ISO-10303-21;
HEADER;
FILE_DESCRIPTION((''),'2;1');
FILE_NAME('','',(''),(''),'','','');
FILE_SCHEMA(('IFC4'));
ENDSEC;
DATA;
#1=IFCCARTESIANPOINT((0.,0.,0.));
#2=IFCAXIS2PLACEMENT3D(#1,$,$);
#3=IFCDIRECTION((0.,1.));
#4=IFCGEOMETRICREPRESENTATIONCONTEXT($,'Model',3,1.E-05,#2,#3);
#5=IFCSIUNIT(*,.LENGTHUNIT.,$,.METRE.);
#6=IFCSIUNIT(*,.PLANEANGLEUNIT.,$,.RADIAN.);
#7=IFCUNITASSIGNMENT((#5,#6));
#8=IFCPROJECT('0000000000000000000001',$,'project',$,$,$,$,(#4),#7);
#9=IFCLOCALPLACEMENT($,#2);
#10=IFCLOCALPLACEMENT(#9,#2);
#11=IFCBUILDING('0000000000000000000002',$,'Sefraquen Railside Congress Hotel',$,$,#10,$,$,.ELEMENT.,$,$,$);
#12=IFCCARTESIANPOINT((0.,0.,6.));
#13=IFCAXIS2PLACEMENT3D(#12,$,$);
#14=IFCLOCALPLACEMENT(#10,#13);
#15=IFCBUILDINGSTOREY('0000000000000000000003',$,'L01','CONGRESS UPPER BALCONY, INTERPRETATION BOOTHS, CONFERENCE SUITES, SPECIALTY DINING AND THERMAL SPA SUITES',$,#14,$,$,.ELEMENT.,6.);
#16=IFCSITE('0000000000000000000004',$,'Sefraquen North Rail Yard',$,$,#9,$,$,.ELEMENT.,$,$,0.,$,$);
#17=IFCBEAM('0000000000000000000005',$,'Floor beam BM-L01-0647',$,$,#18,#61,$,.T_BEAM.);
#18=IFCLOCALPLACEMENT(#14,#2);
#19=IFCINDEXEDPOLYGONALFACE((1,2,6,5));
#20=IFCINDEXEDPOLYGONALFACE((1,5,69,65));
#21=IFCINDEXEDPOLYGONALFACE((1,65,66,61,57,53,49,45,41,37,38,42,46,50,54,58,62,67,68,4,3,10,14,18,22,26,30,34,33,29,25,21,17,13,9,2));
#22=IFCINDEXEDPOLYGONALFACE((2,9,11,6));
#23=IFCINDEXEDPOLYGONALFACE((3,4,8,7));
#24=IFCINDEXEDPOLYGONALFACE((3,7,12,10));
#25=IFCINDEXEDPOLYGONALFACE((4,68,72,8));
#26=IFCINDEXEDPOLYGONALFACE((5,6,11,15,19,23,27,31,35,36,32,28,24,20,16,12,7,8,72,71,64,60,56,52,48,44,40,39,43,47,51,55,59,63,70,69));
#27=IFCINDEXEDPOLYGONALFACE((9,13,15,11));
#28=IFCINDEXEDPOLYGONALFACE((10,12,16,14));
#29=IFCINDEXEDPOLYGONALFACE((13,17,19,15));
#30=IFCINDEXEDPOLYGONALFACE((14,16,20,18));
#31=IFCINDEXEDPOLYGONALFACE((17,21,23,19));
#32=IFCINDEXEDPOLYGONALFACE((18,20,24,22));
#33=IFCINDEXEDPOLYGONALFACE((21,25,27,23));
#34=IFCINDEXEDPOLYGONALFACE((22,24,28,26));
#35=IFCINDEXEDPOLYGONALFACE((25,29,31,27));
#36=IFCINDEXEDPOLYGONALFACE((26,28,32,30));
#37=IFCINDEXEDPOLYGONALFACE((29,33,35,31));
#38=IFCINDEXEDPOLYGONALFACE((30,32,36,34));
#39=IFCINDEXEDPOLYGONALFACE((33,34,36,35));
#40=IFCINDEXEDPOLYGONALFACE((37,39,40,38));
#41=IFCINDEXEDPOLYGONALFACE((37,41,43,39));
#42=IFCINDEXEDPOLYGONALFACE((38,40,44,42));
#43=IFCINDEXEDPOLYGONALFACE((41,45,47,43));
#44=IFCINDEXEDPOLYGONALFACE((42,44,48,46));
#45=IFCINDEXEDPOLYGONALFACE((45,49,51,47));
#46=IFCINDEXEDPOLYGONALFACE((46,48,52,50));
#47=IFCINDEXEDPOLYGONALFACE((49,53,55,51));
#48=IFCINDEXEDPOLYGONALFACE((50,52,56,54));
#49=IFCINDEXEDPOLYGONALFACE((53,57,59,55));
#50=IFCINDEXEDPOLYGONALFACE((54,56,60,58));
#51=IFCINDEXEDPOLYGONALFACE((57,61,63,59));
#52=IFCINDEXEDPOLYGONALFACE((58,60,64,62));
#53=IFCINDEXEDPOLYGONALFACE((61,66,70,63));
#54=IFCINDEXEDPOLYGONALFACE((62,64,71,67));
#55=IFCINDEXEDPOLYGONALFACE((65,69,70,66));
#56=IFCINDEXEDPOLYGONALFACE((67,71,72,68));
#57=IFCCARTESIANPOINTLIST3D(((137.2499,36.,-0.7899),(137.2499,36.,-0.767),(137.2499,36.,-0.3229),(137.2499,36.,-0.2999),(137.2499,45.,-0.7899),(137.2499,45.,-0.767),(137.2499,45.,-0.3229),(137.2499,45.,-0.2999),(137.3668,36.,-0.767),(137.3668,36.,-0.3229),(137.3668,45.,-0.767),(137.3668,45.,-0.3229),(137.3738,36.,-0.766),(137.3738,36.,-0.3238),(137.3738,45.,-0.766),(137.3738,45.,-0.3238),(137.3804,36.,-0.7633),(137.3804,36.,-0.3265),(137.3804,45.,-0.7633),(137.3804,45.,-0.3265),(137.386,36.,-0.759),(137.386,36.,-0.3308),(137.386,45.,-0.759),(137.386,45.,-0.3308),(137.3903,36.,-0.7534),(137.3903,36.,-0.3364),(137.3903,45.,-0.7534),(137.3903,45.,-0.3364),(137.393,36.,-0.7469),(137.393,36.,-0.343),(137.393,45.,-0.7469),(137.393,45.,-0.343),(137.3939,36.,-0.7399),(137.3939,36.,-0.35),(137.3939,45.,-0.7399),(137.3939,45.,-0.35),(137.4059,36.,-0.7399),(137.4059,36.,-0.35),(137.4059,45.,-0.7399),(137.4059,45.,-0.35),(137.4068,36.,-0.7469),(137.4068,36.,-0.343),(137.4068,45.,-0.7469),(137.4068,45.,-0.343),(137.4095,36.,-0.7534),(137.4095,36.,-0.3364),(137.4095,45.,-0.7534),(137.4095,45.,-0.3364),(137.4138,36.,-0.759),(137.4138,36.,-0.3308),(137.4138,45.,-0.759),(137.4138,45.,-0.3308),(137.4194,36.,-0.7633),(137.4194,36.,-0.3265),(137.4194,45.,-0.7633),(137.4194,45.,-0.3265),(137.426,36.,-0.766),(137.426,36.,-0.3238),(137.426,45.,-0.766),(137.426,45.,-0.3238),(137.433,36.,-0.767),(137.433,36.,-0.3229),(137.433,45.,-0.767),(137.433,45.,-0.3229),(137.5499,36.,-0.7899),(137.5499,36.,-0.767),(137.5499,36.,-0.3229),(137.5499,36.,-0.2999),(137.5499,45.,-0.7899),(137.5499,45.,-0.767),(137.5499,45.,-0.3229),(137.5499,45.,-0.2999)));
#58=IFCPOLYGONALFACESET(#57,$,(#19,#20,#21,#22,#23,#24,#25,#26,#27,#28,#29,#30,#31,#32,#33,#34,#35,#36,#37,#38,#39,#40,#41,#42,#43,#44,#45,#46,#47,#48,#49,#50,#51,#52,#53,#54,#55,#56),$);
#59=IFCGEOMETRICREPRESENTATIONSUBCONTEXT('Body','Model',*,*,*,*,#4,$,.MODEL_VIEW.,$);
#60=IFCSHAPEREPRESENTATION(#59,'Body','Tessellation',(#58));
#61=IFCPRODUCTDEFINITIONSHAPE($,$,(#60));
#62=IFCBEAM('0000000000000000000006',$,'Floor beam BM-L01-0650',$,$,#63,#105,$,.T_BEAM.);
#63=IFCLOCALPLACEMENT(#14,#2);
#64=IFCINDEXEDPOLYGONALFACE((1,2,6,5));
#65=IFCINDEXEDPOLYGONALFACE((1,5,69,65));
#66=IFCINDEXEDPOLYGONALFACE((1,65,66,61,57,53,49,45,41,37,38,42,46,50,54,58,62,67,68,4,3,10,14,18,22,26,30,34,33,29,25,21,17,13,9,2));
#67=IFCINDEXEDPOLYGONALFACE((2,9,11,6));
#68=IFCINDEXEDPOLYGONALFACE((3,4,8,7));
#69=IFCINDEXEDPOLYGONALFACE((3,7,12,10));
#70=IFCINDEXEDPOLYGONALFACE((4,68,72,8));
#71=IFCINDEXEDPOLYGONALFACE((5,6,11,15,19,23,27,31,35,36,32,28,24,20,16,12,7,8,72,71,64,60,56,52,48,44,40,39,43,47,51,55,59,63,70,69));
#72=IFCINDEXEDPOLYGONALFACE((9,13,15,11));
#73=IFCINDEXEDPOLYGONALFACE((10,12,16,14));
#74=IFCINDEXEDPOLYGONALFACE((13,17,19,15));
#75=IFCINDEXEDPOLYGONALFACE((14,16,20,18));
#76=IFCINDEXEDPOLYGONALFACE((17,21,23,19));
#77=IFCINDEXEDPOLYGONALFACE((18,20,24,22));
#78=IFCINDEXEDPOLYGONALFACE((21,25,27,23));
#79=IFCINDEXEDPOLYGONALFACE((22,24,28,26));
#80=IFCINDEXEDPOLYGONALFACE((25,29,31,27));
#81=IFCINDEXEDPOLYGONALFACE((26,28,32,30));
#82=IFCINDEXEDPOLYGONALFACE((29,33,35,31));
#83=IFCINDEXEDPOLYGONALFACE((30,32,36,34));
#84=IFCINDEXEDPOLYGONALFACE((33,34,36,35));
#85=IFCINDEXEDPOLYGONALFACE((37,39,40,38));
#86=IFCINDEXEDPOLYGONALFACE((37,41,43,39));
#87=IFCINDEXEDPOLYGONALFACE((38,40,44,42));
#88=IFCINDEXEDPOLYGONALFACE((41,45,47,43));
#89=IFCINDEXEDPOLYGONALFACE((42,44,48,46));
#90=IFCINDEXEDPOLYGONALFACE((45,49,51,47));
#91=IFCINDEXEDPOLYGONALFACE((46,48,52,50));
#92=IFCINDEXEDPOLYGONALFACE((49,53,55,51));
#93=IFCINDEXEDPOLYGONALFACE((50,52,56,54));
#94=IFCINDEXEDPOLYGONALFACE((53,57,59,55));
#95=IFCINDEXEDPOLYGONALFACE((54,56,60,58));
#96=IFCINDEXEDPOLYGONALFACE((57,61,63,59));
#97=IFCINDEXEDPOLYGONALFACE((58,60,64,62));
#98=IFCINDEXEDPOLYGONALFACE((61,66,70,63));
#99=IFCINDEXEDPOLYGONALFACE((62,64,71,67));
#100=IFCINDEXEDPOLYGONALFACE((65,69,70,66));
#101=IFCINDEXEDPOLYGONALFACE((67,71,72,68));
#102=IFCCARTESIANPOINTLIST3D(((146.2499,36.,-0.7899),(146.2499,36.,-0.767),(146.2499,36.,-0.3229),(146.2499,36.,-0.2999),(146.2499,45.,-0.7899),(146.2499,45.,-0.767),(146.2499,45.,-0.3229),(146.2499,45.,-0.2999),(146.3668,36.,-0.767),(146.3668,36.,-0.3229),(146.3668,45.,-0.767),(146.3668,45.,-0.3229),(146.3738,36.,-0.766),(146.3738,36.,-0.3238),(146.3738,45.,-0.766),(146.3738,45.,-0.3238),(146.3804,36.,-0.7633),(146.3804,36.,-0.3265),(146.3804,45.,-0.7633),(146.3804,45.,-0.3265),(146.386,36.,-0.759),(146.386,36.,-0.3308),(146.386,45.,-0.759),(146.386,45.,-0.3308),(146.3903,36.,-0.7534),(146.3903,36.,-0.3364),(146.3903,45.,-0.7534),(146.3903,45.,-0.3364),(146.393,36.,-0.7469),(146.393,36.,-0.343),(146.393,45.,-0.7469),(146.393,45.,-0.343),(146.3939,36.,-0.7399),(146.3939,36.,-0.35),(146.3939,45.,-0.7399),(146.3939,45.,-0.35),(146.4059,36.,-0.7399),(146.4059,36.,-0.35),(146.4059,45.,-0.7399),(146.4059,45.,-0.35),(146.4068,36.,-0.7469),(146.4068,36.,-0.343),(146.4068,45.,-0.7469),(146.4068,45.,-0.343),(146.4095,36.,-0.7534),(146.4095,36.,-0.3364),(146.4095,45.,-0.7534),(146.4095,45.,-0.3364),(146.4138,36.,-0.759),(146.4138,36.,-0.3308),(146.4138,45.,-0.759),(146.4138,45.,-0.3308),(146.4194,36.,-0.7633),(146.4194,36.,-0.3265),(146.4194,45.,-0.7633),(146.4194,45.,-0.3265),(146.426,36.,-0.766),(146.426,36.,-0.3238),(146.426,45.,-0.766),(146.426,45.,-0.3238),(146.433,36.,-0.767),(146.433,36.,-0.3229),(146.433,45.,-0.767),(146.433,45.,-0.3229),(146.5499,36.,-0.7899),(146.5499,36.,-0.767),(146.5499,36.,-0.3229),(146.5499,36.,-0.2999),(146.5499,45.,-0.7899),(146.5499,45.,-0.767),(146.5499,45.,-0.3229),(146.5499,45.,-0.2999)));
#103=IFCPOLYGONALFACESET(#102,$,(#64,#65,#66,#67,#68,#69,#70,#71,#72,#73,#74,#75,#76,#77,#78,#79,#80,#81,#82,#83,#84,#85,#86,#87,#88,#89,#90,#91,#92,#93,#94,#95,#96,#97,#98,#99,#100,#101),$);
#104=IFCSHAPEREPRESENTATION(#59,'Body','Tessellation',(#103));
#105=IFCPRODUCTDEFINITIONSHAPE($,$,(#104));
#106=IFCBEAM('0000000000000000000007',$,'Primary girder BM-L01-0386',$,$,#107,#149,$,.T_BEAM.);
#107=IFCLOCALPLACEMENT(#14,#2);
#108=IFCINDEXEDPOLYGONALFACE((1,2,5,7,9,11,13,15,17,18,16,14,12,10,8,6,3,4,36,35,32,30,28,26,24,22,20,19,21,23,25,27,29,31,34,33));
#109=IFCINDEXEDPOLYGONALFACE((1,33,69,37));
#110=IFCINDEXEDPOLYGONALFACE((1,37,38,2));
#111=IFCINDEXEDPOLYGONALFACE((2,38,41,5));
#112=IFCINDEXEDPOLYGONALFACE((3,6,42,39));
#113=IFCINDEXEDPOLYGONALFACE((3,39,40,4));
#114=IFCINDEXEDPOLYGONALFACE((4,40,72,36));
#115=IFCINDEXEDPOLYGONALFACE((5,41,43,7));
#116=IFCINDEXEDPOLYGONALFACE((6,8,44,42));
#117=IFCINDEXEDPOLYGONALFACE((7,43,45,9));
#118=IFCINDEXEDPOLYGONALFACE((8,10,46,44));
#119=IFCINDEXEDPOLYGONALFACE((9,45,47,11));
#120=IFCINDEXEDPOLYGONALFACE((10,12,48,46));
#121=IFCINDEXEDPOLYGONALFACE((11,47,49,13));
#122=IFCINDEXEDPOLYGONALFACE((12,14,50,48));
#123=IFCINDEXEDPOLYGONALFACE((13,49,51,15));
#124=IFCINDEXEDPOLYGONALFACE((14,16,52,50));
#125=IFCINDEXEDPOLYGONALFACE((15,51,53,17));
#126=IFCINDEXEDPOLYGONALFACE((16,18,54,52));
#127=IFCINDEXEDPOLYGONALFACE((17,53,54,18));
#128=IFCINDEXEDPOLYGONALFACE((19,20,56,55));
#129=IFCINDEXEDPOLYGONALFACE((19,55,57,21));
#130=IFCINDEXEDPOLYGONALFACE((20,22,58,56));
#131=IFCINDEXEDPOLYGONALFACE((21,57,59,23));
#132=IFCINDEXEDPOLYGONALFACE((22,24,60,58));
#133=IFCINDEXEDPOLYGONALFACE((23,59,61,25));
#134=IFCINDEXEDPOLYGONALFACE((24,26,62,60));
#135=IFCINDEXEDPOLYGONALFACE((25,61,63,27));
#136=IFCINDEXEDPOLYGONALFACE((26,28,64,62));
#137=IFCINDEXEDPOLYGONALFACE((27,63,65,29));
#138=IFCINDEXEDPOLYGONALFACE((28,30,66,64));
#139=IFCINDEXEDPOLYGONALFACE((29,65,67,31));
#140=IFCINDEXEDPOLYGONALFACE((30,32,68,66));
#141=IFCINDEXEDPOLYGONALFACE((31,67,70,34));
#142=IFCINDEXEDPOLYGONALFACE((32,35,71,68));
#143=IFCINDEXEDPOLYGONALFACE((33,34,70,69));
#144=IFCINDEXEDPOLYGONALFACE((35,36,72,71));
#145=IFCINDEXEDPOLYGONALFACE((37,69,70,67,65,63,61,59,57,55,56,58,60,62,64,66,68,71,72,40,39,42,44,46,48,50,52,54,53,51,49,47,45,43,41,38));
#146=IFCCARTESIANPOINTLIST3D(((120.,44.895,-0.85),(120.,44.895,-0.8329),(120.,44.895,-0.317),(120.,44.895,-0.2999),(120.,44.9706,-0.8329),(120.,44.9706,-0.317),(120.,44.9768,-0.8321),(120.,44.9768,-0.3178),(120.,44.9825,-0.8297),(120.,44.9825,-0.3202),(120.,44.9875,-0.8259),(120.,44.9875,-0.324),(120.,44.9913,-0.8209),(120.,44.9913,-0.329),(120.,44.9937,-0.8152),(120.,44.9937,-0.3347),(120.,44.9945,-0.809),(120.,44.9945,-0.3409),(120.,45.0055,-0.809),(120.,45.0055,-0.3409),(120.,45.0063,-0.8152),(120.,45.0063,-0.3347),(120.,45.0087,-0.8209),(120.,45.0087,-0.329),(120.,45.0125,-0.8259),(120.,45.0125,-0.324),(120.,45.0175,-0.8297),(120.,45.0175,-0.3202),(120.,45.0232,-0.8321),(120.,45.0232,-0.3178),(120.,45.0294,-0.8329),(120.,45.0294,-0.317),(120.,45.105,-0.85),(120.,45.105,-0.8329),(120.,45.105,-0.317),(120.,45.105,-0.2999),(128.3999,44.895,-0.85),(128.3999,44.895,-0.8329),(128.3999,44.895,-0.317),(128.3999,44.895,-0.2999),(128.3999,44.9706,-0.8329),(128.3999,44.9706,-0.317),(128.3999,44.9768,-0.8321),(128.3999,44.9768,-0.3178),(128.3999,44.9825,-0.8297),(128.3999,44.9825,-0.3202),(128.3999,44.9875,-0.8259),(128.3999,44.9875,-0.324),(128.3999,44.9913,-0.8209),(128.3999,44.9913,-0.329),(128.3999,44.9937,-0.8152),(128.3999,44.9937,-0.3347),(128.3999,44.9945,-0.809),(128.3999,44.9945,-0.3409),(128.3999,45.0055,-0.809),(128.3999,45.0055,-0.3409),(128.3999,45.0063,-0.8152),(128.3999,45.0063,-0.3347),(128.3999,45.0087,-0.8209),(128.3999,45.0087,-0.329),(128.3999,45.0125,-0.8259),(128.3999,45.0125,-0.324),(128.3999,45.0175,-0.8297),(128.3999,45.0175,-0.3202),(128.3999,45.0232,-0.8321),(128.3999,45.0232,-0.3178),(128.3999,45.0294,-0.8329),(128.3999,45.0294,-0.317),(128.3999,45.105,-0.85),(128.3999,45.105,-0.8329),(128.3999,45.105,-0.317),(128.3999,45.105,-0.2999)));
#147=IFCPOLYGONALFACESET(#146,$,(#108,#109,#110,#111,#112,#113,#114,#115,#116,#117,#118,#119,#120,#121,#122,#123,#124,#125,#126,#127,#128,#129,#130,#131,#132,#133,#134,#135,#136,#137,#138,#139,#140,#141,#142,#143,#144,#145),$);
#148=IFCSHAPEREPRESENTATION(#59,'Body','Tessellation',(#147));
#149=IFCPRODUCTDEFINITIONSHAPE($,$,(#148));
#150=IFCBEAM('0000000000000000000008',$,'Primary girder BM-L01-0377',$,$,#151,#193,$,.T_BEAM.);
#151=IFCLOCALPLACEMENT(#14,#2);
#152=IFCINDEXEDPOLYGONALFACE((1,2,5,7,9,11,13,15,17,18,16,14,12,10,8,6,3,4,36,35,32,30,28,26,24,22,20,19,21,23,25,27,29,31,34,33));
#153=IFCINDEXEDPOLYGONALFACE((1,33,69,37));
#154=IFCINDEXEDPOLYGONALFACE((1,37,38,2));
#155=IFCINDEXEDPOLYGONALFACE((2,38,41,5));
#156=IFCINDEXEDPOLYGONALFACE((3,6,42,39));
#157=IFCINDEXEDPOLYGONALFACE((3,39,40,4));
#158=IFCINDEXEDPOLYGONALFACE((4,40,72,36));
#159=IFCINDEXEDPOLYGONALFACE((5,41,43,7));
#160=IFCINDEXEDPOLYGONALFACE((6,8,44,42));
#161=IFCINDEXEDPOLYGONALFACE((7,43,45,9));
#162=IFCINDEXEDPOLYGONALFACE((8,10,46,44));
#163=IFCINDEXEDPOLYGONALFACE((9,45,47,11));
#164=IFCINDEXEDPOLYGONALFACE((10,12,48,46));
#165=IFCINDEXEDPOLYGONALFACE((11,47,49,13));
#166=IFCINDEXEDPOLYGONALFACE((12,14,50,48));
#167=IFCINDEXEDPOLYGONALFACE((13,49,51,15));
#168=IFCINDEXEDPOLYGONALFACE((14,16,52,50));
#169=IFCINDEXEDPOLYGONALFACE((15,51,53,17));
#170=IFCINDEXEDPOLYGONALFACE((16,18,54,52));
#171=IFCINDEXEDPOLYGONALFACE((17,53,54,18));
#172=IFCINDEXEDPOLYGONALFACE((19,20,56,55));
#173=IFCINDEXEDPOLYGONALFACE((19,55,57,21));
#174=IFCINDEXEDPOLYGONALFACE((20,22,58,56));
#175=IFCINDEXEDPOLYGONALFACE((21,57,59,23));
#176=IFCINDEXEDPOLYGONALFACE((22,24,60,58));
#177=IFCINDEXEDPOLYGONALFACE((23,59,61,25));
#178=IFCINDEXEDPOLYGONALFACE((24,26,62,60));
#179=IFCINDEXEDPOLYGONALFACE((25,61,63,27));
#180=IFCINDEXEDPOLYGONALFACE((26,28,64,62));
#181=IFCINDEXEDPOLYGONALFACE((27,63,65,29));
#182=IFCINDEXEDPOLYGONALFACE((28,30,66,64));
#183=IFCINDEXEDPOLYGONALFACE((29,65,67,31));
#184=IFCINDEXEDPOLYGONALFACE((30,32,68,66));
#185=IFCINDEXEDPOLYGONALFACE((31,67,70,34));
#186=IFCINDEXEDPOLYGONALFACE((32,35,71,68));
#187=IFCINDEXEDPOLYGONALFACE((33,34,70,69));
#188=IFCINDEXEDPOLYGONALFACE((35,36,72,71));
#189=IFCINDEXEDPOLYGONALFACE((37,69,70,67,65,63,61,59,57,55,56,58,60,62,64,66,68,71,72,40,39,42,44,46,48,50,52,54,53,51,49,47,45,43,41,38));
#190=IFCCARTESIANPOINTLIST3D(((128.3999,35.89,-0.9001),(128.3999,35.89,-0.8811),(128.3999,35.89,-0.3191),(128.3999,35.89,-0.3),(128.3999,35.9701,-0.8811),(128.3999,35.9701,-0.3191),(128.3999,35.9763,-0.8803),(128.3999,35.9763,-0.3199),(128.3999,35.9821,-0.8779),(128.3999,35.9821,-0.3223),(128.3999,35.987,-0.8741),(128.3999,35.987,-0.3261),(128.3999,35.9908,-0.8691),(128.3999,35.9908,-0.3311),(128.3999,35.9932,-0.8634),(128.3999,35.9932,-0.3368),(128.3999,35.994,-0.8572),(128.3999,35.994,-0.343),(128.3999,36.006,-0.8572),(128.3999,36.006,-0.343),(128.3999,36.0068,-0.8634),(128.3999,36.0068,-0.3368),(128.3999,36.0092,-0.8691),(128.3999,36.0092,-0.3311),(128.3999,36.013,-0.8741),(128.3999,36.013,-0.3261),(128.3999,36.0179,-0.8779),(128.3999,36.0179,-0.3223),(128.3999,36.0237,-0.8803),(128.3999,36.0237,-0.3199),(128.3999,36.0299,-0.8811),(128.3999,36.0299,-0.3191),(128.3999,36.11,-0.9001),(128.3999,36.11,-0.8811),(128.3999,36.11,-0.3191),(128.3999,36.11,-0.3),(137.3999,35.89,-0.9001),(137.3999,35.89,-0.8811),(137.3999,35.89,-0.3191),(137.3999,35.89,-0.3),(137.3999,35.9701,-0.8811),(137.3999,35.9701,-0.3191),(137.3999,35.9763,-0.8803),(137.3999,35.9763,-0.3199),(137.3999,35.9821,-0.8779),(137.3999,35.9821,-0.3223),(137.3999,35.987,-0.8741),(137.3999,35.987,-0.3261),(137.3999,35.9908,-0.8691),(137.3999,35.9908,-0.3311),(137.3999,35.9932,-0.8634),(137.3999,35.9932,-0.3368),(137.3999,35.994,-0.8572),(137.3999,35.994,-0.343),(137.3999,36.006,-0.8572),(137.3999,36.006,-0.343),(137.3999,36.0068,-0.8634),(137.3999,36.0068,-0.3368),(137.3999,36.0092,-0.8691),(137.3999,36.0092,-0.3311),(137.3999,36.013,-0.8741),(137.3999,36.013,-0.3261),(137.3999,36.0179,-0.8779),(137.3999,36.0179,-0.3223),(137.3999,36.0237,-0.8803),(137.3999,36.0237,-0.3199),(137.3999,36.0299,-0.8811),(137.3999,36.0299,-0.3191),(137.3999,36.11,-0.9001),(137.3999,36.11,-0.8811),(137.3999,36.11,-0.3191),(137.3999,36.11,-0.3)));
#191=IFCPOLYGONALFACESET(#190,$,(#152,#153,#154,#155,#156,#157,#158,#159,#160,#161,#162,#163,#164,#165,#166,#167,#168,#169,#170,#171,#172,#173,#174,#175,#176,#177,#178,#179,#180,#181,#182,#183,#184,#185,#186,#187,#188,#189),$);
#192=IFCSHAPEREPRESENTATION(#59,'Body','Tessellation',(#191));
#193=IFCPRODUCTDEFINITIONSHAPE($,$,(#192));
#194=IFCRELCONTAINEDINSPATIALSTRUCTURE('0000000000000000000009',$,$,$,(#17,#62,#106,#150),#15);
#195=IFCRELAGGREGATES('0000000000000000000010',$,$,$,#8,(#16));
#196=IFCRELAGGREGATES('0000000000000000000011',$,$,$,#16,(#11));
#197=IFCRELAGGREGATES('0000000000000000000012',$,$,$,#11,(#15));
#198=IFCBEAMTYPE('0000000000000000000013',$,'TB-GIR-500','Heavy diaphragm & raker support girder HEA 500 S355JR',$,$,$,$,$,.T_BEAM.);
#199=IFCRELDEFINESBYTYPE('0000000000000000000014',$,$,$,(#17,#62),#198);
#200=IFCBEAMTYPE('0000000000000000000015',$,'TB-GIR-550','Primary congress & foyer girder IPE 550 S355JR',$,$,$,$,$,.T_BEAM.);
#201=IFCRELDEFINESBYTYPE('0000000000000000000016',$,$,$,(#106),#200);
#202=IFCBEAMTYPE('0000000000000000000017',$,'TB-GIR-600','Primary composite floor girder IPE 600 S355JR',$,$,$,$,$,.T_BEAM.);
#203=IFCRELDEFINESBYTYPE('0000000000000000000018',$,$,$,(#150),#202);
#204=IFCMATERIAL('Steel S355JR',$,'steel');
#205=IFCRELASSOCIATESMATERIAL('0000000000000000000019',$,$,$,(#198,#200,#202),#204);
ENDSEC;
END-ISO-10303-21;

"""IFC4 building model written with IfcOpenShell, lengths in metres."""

from ifc_helpers import new_model, si_unit, direction, frame, origin, origin_2d, place, context, subcontext, project, spatial, i_section, extrude, material, material_profile, profile_set, type_object, element, save


model = new_model("IFC4")

# Units and contexts
model_context = context("Model", 3, precision=1e-05, world=origin(), true_north=direction((0.0, 1.0)))
body_context = subcontext(model_context, "Body", "Model", "MODEL_VIEW")
ifc_project = project(units=[si_unit("LENGTHUNIT", "METRE"), si_unit("PLANEANGLEUNIT", "RADIAN")], contexts=[model_context])

# Site, building, storey
site_placement = place(None, origin())
site = spatial("IfcSite", under=ifc_project, at=site_placement, Name="Sefraquen North Rail Yard", CompositionType="ELEMENT", RefElevation=0.0)
building_placement = place(site_placement, origin())
building = spatial("IfcBuilding", under=site, at=building_placement, Name="Sefraquen Railside Congress Hotel", CompositionType="ELEMENT")
storey_placement = place(building_placement, frame((0.0, 0.0, 6.0)))
storey = spatial("IfcBuildingStorey", under=building, at=storey_placement, Name="L01", Description="CONGRESS UPPER BALCONY, INTERPRETATION BOOTHS, CONFERENCE SUITES, SPECIALTY DINING AND THERMAL SPA SUITES", CompositionType="ELEMENT", Elevation=6.0)

# Shared definitions
ifc_material_1 = material(Name="Steel S355JR", Category="steel")

# Beams
ifc_material_profile_1 = material_profile(ifc_material_1, i_section(OverallWidth=0.3, OverallDepth=0.49, WebThickness=0.012, FlangeThickness=0.0229, FilletRadius=0.0271, at=origin_2d()), Name="HEA 500")
ifc_profile_set_1 = profile_set([ifc_material_profile_1], Name="Steel S355JR")
beam_type_1 = type_object("IfcBeamType", Name="TB-GIR-500", Description="Heavy diaphragm & raker support girder HEA 500 S355JR", PredefinedType="T_BEAM", material=ifc_profile_set_1)
for number, where, z_axis, x_axis, name in (
    (1, (137.3999, 36.0, -0.5449), (0.0, 1.0, 0.0), (-1.0, 0.0, 0.0), "Floor beam BM-L01-0647"),
    (2, (146.3999, 36.0, -0.5449), (0.0, 1.0, 0.0), (-1.0, 0.0, 0.0), "Floor beam BM-L01-0650"),
):
    element("IfcBeam", number, at=place(storey_placement, frame(where, z_axis=z_axis, x_axis=x_axis)), inside=storey, type_object=beam_type_1, Name=name, PredefinedType="T_BEAM", context=body_context, shape_type="SweptSolid", body=[
        extrude(i_section(OverallWidth=0.3, OverallDepth=0.49, WebThickness=0.012, FlangeThickness=0.0229, FilletRadius=0.0271, at=origin_2d()), origin(), (0.0, 0.0, 1.0), 9.0),
    ])
ifc_material_profile_2 = material_profile(ifc_material_1, i_section(OverallWidth=0.21, OverallDepth=0.55, WebThickness=0.011, FlangeThickness=0.0171, FilletRadius=0.0239, at=origin_2d()), Name="IPE 550")
ifc_profile_set_2 = profile_set([ifc_material_profile_2], Name="Steel S355JR")
beam_type_2 = type_object("IfcBeamType", Name="TB-GIR-550", Description="Primary congress & foyer girder IPE 550 S355JR", PredefinedType="T_BEAM", material=ifc_profile_set_2)
beam_placement = place(storey_placement, frame((120.0, 45.0, -0.575), z_axis=(1.0, 0.0, 0.0), x_axis=(0.0, 1.0, 0.0)))
element("IfcBeam", 3, at=beam_placement, inside=storey, type_object=beam_type_2, Name="Primary girder BM-L01-0386", PredefinedType="T_BEAM", context=body_context, shape_type="SweptSolid", body=[
    extrude(i_section(OverallWidth=0.21, OverallDepth=0.55, WebThickness=0.011, FlangeThickness=0.0171, FilletRadius=0.0239, at=origin_2d()), origin(), (0.0, 0.0, 1.0), 8.3999),
])
ifc_material_profile_3 = material_profile(ifc_material_1, i_section(OverallWidth=0.22, OverallDepth=0.6001, WebThickness=0.012, FlangeThickness=0.019, FilletRadius=0.0239, at=origin_2d()), Name="IPE 600")
ifc_profile_set_3 = profile_set([ifc_material_profile_3], Name="Steel S355JR")
beam_type_3 = type_object("IfcBeamType", Name="TB-GIR-600", Description="Primary composite floor girder IPE 600 S355JR", PredefinedType="T_BEAM", material=ifc_profile_set_3)
for number, where, z_axis, x_axis, name in (
    (4, (128.3999, 36.0, -0.6001), (1.0, 0.0, 0.0), (0.0, 1.0, 0.0), "Primary girder BM-L01-0377"),
):
    element("IfcBeam", number, at=place(storey_placement, frame(where, z_axis=z_axis, x_axis=x_axis)), inside=storey, type_object=beam_type_3, Name=name, PredefinedType="T_BEAM", context=body_context, shape_type="SweptSolid", body=[
        extrude(i_section(OverallWidth=0.22, OverallDepth=0.6001, WebThickness=0.012, FlangeThickness=0.019, FilletRadius=0.0239, at=origin_2d()), origin(), (0.0, 0.0, 1.0), 9.0),
    ])

save(model, "model.ifc")
